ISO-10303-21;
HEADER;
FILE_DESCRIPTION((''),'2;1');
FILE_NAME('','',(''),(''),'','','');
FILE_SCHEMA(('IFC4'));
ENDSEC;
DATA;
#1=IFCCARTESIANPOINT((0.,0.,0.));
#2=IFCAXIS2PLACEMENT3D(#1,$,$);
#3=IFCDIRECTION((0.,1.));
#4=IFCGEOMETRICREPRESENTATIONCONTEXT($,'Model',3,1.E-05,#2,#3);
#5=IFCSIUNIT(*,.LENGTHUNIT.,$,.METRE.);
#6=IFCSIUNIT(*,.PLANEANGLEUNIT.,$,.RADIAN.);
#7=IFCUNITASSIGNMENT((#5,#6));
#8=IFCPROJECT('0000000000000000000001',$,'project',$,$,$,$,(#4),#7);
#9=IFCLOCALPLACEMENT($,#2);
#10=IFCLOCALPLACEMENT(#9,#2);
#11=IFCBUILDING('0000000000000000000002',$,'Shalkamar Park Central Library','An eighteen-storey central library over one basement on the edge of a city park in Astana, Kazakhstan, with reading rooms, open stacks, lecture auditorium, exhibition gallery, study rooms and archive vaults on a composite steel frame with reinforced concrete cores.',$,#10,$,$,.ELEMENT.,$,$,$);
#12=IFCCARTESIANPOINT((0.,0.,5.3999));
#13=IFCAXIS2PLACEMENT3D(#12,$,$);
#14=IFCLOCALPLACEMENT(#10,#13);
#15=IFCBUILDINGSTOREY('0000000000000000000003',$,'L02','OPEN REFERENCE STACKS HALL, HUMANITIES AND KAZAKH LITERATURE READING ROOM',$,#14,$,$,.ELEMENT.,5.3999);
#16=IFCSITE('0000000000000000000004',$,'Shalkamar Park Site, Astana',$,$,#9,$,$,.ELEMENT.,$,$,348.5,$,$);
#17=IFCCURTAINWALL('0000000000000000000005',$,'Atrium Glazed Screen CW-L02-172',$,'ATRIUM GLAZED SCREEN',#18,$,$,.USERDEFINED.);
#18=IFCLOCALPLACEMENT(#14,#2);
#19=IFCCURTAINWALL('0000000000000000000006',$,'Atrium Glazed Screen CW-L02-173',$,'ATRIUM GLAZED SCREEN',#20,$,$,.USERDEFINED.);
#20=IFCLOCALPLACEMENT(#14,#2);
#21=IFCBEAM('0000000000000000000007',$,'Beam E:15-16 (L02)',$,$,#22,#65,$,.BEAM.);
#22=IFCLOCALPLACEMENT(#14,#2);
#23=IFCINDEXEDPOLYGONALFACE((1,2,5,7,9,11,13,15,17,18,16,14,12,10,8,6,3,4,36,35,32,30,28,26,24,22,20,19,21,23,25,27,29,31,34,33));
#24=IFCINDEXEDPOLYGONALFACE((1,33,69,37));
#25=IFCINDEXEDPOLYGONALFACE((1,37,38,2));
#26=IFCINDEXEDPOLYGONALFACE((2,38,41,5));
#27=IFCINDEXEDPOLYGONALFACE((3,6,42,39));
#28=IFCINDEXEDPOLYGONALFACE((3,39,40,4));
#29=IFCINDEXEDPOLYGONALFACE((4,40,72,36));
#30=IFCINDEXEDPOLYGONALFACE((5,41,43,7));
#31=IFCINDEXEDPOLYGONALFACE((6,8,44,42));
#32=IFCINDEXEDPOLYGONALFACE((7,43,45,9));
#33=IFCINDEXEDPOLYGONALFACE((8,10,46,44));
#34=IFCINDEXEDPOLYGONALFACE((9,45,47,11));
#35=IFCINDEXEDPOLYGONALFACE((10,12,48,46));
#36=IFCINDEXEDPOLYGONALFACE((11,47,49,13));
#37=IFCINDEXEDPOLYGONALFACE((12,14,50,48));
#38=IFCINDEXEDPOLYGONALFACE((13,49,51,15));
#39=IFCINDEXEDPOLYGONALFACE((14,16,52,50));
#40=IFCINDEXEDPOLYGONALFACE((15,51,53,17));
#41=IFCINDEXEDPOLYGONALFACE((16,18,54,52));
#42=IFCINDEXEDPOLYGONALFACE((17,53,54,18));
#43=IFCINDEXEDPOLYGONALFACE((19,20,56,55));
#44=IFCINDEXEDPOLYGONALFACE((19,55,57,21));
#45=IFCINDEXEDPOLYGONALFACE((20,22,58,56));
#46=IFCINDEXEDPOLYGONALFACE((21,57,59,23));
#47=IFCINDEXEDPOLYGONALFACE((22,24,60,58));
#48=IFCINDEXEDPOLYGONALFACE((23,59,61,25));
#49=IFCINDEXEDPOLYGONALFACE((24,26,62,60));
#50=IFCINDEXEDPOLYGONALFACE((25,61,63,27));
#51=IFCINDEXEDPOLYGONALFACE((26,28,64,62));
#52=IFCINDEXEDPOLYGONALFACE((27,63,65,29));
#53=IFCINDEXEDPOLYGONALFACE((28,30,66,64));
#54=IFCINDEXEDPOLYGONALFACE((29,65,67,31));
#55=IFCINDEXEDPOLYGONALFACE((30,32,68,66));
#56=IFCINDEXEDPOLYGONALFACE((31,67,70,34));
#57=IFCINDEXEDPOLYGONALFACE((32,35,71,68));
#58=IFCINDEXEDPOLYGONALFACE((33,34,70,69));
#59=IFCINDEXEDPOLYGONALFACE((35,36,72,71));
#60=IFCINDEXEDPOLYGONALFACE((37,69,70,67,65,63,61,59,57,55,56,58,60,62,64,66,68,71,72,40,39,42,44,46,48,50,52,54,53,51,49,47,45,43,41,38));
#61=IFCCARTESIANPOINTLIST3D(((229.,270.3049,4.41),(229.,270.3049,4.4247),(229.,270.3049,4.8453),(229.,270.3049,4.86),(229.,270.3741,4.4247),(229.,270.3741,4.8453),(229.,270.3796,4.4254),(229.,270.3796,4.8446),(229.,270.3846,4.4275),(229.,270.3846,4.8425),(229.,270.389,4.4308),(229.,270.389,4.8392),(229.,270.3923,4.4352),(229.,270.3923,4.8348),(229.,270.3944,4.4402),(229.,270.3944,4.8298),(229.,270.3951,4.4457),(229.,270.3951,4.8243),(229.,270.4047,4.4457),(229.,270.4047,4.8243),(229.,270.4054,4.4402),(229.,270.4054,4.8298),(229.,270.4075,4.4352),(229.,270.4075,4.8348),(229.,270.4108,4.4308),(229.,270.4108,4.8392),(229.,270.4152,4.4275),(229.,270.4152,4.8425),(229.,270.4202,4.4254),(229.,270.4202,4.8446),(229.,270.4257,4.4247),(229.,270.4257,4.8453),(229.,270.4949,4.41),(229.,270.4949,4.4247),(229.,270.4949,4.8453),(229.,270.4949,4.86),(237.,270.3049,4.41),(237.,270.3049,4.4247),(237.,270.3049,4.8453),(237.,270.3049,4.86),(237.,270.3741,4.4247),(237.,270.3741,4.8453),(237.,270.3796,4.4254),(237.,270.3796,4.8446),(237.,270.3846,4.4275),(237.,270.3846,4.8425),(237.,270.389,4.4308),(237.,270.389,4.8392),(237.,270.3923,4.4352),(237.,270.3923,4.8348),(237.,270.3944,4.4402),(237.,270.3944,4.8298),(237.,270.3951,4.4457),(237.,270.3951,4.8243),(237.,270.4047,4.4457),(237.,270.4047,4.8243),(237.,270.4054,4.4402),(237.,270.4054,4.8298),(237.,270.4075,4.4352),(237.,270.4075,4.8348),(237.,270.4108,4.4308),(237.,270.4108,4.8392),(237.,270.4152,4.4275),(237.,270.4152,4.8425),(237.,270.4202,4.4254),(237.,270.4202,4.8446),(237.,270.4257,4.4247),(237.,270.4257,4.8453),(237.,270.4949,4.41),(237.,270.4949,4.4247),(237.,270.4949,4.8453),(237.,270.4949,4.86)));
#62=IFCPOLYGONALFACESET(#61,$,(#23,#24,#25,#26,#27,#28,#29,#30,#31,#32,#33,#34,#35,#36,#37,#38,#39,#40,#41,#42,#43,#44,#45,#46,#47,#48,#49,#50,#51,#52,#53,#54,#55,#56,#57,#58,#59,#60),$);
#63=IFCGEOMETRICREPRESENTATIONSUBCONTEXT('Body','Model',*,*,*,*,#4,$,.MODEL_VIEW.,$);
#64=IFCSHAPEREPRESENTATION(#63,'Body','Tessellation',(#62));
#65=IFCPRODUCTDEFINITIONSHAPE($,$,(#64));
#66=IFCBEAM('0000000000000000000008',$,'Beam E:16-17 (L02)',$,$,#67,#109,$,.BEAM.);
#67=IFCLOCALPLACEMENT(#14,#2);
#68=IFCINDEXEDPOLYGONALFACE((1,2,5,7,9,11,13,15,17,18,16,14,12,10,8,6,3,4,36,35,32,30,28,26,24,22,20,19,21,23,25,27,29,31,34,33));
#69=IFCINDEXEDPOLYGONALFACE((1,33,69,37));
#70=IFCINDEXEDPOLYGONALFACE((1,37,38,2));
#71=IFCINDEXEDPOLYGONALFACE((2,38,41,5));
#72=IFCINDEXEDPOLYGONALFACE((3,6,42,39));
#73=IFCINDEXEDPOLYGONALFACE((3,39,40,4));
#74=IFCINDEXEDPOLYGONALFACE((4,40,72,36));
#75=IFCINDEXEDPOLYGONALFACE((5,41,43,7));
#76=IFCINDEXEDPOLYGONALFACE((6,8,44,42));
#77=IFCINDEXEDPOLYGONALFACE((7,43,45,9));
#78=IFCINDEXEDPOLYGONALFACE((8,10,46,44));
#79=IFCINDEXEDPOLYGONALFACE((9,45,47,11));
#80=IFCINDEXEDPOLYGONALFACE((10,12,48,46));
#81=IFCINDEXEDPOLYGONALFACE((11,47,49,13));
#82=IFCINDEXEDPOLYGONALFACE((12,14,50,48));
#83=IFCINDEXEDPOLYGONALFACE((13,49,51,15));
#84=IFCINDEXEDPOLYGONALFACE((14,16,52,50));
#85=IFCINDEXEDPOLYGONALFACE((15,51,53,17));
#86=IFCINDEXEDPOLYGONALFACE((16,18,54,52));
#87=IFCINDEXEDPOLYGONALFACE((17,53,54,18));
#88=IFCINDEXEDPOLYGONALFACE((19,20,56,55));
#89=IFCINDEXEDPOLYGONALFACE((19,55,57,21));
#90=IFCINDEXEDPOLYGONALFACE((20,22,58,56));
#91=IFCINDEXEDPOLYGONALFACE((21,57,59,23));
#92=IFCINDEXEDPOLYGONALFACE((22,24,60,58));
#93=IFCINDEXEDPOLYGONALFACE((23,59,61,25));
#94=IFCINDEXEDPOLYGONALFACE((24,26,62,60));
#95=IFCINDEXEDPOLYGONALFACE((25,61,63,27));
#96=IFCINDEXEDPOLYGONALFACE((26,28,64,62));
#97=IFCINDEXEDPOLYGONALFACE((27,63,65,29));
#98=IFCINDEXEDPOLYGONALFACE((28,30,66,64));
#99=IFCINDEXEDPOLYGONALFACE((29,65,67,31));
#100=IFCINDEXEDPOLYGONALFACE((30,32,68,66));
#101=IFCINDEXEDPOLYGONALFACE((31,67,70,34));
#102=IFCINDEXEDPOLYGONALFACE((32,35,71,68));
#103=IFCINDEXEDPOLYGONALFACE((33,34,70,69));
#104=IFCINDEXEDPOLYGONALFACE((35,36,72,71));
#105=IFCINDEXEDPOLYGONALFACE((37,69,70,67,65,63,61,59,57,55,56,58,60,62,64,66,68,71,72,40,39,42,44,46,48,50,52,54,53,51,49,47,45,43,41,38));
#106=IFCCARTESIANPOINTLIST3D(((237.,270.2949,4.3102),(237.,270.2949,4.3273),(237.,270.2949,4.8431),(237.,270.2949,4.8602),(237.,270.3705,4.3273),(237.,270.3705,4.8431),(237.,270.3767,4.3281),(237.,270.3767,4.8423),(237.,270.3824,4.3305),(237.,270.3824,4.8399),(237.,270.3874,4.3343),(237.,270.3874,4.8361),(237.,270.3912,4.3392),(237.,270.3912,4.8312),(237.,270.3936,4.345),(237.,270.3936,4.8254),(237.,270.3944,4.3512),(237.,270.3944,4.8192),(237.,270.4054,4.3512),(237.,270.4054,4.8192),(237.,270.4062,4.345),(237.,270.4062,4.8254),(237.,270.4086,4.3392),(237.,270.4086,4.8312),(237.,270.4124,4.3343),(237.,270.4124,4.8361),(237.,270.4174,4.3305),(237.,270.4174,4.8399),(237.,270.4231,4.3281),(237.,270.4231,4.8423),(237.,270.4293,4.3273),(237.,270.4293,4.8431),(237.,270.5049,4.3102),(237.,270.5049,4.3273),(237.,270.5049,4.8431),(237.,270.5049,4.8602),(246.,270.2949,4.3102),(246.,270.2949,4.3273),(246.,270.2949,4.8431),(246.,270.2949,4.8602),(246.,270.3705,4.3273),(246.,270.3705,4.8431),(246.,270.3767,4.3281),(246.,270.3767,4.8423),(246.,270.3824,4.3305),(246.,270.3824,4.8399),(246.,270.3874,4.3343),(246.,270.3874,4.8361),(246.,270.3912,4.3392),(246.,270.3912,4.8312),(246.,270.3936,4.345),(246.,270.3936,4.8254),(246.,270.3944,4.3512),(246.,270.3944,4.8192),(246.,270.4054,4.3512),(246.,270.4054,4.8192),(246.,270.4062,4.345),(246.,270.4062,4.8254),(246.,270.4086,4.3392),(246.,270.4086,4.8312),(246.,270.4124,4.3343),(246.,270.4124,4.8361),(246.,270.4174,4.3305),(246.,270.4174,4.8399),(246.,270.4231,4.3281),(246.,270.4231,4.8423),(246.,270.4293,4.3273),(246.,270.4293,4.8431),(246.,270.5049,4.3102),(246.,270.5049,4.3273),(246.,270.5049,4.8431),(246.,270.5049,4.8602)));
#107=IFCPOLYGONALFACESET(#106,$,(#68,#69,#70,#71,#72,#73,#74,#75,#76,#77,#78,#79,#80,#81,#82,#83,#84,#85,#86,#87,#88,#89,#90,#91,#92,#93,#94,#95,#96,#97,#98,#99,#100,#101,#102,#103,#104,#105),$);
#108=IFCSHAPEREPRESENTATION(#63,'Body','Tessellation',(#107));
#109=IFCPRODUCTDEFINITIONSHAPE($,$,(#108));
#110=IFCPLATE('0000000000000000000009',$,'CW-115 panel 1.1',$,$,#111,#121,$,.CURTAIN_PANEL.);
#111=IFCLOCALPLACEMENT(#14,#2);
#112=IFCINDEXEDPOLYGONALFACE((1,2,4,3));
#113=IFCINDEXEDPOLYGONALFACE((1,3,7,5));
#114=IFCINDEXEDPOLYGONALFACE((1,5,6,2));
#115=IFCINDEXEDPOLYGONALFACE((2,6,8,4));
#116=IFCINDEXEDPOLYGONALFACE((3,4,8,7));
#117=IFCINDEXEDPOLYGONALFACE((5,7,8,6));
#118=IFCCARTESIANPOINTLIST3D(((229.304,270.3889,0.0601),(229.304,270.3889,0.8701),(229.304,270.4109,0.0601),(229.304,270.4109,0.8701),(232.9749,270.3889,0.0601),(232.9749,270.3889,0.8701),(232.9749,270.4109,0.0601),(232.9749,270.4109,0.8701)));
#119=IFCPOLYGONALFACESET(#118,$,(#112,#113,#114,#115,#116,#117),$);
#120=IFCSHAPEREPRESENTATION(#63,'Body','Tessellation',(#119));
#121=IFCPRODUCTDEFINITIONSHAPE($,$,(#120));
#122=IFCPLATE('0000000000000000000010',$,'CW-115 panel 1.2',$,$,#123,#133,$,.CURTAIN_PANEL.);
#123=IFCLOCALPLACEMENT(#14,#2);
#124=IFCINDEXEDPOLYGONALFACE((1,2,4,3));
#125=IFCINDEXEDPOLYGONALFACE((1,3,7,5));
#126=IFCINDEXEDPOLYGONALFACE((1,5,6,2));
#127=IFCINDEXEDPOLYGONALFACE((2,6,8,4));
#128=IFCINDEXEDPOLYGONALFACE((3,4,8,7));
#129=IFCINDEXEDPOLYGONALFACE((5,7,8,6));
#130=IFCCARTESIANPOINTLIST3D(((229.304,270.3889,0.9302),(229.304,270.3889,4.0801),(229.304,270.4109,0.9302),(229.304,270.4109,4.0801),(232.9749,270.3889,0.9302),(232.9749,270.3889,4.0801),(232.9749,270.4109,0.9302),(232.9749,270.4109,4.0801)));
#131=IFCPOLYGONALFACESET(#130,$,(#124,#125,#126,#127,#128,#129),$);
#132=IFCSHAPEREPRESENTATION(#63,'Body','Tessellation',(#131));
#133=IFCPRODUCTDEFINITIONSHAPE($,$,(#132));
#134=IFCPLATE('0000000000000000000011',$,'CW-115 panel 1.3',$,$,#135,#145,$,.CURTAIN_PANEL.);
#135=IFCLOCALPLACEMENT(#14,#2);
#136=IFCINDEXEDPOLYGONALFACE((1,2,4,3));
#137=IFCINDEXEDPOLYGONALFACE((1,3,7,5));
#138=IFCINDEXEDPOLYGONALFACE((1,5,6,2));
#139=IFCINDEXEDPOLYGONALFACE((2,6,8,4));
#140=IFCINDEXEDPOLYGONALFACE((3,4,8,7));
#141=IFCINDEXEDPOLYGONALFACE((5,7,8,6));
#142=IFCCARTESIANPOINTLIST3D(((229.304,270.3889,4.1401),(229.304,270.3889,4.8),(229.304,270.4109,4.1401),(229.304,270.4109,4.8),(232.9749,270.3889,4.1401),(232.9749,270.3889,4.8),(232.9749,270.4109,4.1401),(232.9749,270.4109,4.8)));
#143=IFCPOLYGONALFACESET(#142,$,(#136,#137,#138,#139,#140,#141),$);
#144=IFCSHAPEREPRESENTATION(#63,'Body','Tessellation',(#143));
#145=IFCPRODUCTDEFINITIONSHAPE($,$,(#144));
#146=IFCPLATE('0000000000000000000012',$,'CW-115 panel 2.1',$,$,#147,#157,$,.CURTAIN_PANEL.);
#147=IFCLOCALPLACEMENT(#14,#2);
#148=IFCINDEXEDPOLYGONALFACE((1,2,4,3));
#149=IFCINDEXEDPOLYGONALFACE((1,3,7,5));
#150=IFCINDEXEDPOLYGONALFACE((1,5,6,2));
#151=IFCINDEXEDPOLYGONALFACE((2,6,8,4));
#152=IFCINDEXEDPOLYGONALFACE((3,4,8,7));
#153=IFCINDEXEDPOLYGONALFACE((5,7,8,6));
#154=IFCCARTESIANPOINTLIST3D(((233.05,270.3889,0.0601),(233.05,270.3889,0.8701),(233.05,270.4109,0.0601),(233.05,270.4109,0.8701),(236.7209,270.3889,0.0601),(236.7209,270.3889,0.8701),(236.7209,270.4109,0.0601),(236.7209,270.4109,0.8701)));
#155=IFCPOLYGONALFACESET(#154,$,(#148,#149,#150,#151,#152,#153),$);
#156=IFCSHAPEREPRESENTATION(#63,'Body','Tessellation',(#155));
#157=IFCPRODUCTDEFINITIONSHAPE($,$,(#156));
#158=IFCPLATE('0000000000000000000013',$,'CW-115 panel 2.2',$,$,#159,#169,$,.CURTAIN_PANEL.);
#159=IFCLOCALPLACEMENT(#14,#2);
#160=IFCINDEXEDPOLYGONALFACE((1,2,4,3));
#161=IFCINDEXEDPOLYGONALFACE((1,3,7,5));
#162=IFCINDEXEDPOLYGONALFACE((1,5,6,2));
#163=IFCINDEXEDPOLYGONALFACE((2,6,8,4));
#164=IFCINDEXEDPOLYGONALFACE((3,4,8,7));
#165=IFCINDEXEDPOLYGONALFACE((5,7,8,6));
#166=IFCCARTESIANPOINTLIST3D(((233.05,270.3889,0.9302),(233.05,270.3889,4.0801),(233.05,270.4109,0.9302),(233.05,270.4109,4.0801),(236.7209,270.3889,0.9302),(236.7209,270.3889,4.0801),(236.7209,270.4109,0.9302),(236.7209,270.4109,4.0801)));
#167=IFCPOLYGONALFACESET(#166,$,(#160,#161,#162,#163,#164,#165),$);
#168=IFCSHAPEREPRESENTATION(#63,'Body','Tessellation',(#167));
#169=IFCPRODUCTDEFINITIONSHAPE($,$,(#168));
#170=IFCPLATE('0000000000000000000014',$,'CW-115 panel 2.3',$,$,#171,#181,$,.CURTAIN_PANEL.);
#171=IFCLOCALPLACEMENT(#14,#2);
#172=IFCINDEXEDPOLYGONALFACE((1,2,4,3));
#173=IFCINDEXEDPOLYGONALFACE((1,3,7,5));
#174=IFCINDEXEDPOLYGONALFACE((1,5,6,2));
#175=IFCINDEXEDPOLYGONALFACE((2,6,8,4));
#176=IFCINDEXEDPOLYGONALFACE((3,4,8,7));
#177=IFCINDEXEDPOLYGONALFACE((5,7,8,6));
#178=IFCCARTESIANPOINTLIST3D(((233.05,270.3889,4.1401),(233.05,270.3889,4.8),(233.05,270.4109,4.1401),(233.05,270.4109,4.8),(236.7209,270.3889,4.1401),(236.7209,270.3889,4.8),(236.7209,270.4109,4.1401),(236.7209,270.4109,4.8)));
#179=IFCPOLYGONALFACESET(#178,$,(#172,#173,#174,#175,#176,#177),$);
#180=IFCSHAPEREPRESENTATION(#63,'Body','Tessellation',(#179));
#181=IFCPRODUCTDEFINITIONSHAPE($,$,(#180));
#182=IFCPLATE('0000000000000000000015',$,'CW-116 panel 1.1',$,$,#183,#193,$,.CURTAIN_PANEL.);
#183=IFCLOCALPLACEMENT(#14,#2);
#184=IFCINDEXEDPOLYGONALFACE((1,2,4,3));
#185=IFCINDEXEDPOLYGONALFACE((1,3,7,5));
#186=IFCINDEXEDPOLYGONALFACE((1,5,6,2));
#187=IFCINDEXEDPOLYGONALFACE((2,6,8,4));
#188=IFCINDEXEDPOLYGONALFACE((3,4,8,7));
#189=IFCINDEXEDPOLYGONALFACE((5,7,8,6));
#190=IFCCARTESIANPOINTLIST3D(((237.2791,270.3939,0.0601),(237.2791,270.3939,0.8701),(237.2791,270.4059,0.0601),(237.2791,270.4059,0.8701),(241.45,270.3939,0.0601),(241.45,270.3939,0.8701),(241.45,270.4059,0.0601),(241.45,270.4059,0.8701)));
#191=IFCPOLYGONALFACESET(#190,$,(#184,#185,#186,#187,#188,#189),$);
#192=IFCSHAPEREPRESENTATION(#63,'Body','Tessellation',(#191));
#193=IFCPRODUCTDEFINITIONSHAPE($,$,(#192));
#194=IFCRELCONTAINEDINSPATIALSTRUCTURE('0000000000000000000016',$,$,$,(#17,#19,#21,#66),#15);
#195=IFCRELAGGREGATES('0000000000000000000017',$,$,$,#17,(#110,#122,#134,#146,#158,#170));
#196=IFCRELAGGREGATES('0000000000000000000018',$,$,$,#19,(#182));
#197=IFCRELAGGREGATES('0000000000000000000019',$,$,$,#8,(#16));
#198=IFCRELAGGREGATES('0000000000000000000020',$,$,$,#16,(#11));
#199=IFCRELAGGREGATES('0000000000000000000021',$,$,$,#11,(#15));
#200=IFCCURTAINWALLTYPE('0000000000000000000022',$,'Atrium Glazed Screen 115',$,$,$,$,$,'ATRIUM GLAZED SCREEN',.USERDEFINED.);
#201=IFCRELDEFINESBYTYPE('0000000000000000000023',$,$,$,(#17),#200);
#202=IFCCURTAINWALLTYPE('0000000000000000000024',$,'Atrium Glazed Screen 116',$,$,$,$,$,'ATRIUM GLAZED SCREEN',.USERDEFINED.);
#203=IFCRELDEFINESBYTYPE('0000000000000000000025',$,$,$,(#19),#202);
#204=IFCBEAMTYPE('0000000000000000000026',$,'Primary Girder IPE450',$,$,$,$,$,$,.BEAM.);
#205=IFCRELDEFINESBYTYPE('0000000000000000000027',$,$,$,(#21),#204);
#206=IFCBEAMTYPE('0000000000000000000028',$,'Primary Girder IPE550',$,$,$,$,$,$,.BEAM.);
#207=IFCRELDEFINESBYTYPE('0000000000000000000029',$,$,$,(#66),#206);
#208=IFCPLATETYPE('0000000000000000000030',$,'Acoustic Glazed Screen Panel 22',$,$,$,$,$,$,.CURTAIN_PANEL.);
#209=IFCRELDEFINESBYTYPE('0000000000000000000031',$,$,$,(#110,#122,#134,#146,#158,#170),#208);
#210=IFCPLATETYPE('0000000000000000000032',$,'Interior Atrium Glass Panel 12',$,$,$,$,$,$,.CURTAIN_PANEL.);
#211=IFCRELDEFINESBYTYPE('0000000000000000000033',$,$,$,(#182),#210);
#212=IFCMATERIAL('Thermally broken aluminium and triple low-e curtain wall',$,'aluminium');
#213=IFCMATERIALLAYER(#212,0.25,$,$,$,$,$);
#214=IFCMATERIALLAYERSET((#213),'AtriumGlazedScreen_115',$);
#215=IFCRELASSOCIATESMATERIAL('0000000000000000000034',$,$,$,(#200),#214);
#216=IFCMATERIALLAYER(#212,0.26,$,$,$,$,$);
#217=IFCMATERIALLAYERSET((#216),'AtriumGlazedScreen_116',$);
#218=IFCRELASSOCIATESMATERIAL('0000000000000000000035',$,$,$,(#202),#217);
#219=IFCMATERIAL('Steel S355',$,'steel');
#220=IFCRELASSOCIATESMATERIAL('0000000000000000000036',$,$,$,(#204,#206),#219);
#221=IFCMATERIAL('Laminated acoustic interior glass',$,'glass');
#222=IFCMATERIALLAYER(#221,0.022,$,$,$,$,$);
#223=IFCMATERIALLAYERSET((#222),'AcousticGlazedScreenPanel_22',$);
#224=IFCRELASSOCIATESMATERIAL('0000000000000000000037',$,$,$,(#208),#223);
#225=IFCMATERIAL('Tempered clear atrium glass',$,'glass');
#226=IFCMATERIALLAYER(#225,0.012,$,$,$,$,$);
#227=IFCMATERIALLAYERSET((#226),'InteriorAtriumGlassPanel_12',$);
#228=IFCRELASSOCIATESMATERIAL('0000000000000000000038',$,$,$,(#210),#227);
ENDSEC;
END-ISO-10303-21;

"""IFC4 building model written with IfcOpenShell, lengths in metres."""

from ifc_helpers import new_model, si_unit, direction, frame, origin, origin_2d, place, context, subcontext, project, spatial, rectangle, i_section, extrude, material, layer, layer_set, material_profile, profile_set, type_object, element, aggregate, save


model = new_model("IFC4")

# Units and contexts
model_context = context("Model", 3, precision=1e-05, world=origin(), true_north=direction((0.0, 1.0)))
body_context = subcontext(model_context, "Body", "Model", "MODEL_VIEW")
ifc_project = project(units=[si_unit("LENGTHUNIT", "METRE"), si_unit("PLANEANGLEUNIT", "RADIAN")], contexts=[model_context])

# Site, building, storey
site_placement = place(None, origin())
site = spatial("IfcSite", under=ifc_project, at=site_placement, Name="Shalkamar Park Site, Astana", CompositionType="ELEMENT", RefElevation=348.5)
building_placement = place(site_placement, origin())
building = spatial("IfcBuilding", under=site, at=building_placement, Name="Shalkamar Park Central Library", Description="An eighteen-storey central library over one basement on the edge of a city park in Astana, Kazakhstan, with reading rooms, open stacks, lecture auditorium, exhibition gallery, study rooms and archive vaults on a composite steel frame with reinforced concrete cores.", CompositionType="ELEMENT")
storey_placement = place(building_placement, frame((0.0, 0.0, 5.3999)))
storey = spatial("IfcBuildingStorey", under=building, at=storey_placement, Name="L02", Description="OPEN REFERENCE STACKS HALL, HUMANITIES AND KAZAKH LITERATURE READING ROOM", CompositionType="ELEMENT", Elevation=5.3999)

# Shared definitions
ifc_material_1 = material(Name="Steel S355", Category="steel")

# Curtain wall
ifc_material_2 = material(Name="Thermally broken aluminium and triple low-e curtain wall", Category="aluminium")
ifc_layer_1 = layer(ifc_material_2, 0.25)
ifc_layer_set_1 = layer_set([ifc_layer_1], Name="AtriumGlazedScreen_115")
curtain_wall_type_1 = type_object("IfcCurtainWallType", Name="Atrium Glazed Screen 115", ElementType="ATRIUM GLAZED SCREEN", PredefinedType="USERDEFINED", material=ifc_layer_set_1)
curtain_wall_1_placement = place(storey_placement, origin())
curtain_wall_1 = element("IfcCurtainWall", 1, at=curtain_wall_1_placement, inside=storey, type_object=curtain_wall_type_1, Name="Atrium Glazed Screen CW-L02-172", ObjectType="ATRIUM GLAZED SCREEN", PredefinedType="USERDEFINED")

# Curtain wall
ifc_layer_2 = layer(ifc_material_2, 0.26)
ifc_layer_set_2 = layer_set([ifc_layer_2], Name="AtriumGlazedScreen_116")
curtain_wall_type_2 = type_object("IfcCurtainWallType", Name="Atrium Glazed Screen 116", ElementType="ATRIUM GLAZED SCREEN", PredefinedType="USERDEFINED", material=ifc_layer_set_2)
curtain_wall_2_placement = place(storey_placement, origin())
curtain_wall_2 = element("IfcCurtainWall", 2, at=curtain_wall_2_placement, inside=storey, type_object=curtain_wall_type_2, Name="Atrium Glazed Screen CW-L02-173", ObjectType="ATRIUM GLAZED SCREEN", PredefinedType="USERDEFINED")

# Beams
ifc_material_profile_1 = material_profile(ifc_material_1, i_section(OverallWidth=0.1899, OverallDepth=0.45, WebThickness=0.0095, FlangeThickness=0.0146, FilletRadius=0.021, at=origin_2d()), Name="IPE 450")
ifc_profile_set_1 = profile_set([ifc_material_profile_1], Name="Steel S355")
beam_type_1 = type_object("IfcBeamType", Name="Primary Girder IPE450", PredefinedType="BEAM", material=ifc_profile_set_1)
beam_1_placement = place(storey_placement, frame((229.0, 270.3999, 4.635), z_axis=(1.0, 0.0, 0.0), x_axis=(0.0, 1.0, 0.0)))
element("IfcBeam", 3, at=beam_1_placement, inside=storey, type_object=beam_type_1, Name="Beam E:15-16 (L02)", PredefinedType="BEAM", context=body_context, shape_type="SweptSolid", body=[
    extrude(i_section(OverallWidth=0.1899, OverallDepth=0.45, WebThickness=0.0095, FlangeThickness=0.0146, FilletRadius=0.021, at=origin_2d()), origin(), (0.0, 0.0, 1.0), 8.0),
])
ifc_material_profile_2 = material_profile(ifc_material_1, i_section(OverallWidth=0.21, OverallDepth=0.55, WebThickness=0.011, FlangeThickness=0.0171, FilletRadius=0.0239, at=origin_2d()), Name="IPE 550")
ifc_profile_set_2 = profile_set([ifc_material_profile_2], Name="Steel S355")
beam_type_2 = type_object("IfcBeamType", Name="Primary Girder IPE550", PredefinedType="BEAM", material=ifc_profile_set_2)
beam_2_placement = place(storey_placement, frame((237.0, 270.3999, 4.5852), z_axis=(1.0, 0.0, 0.0), x_axis=(0.0, 1.0, 0.0)))
element("IfcBeam", 4, at=beam_2_placement, inside=storey, type_object=beam_type_2, Name="Beam E:16-17 (L02)", PredefinedType="BEAM", context=body_context, shape_type="SweptSolid", body=[
    extrude(i_section(OverallWidth=0.21, OverallDepth=0.55, WebThickness=0.011, FlangeThickness=0.0171, FilletRadius=0.0239, at=origin_2d()), origin(), (0.0, 0.0, 1.0), 9.0),
])

# Plates
ifc_material_3 = material(Name="Laminated acoustic interior glass", Category="glass")
ifc_layer_3 = layer(ifc_material_3, 0.022)
ifc_layer_set_3 = layer_set([ifc_layer_3], Name="AcousticGlazedScreenPanel_22")
plate_type_1 = type_object("IfcPlateType", Name="Acoustic Glazed Screen Panel 22", PredefinedType="CURTAIN_PANEL", material=ifc_layer_set_3)
plate_1_placement = place(storey_placement, frame((231.1394, 270.3999, 0.0601), z_axis=(0.0, 0.0, 1.0), x_axis=(1.0, 0.0, 0.0)))
plate_1 = element("IfcPlate", 5, at=plate_1_placement, type_object=plate_type_1, Name="CW-115 panel 1.1", PredefinedType="CURTAIN_PANEL", context=body_context, shape_type="SweptSolid", body=[
    extrude(rectangle(XDim=3.6709, YDim=0.022, at=origin_2d()), origin(), (0.0, 0.0, 1.0), 0.8101),
])
plate_2_placement = place(storey_placement, frame((231.1394, 270.3999, 0.9302), z_axis=(0.0, 0.0, 1.0), x_axis=(1.0, 0.0, 0.0)))
plate_2 = element("IfcPlate", 6, at=plate_2_placement, type_object=plate_type_1, Name="CW-115 panel 1.2", PredefinedType="CURTAIN_PANEL", context=body_context, shape_type="SweptSolid", body=[
    extrude(rectangle(XDim=3.6709, YDim=0.022, at=origin_2d()), origin(), (0.0, 0.0, 1.0), 3.1499),
])
plate_3_placement = place(storey_placement, frame((231.1394, 270.3999, 4.1401), z_axis=(0.0, 0.0, 1.0), x_axis=(1.0, 0.0, 0.0)))
plate_3 = element("IfcPlate", 7, at=plate_3_placement, type_object=plate_type_1, Name="CW-115 panel 1.3", PredefinedType="CURTAIN_PANEL", context=body_context, shape_type="SweptSolid", body=[
    extrude(rectangle(XDim=3.6709, YDim=0.022, at=origin_2d()), origin(), (0.0, 0.0, 1.0), 0.6599),
])
plate_4_placement = place(storey_placement, frame((234.8855, 270.3999, 0.0601), z_axis=(0.0, 0.0, 1.0), x_axis=(1.0, 0.0, 0.0)))
plate_4 = element("IfcPlate", 8, at=plate_4_placement, type_object=plate_type_1, Name="CW-115 panel 2.1", PredefinedType="CURTAIN_PANEL", context=body_context, shape_type="SweptSolid", body=[
    extrude(rectangle(XDim=3.6709, YDim=0.022, at=origin_2d()), origin(), (0.0, 0.0, 1.0), 0.8101),
])
plate_5_placement = place(storey_placement, frame((234.8855, 270.3999, 0.9302), z_axis=(0.0, 0.0, 1.0), x_axis=(1.0, 0.0, 0.0)))
plate_5 = element("IfcPlate", 9, at=plate_5_placement, type_object=plate_type_1, Name="CW-115 panel 2.2", PredefinedType="CURTAIN_PANEL", context=body_context, shape_type="SweptSolid", body=[
    extrude(rectangle(XDim=3.6709, YDim=0.022, at=origin_2d()), origin(), (0.0, 0.0, 1.0), 3.1499),
])
plate_6_placement = place(storey_placement, frame((234.8855, 270.3999, 4.1401), z_axis=(0.0, 0.0, 1.0), x_axis=(1.0, 0.0, 0.0)))
plate_6 = element("IfcPlate", 10, at=plate_6_placement, type_object=plate_type_1, Name="CW-115 panel 2.3", PredefinedType="CURTAIN_PANEL", context=body_context, shape_type="SweptSolid", body=[
    extrude(rectangle(XDim=3.6709, YDim=0.022, at=origin_2d()), origin(), (0.0, 0.0, 1.0), 0.6599),
])
aggregate(curtain_wall_1, [plate_1, plate_2, plate_3, plate_4, plate_5, plate_6])
ifc_material_4 = material(Name="Tempered clear atrium glass", Category="glass")
ifc_layer_4 = layer(ifc_material_4, 0.012)
ifc_layer_set_4 = layer_set([ifc_layer_4], Name="InteriorAtriumGlassPanel_12")
plate_type_2 = type_object("IfcPlateType", Name="Interior Atrium Glass Panel 12", PredefinedType="CURTAIN_PANEL", material=ifc_layer_set_4)
plate_7_placement = place(storey_placement, frame((239.3645, 270.3999, 0.0601), z_axis=(0.0, 0.0, 1.0), x_axis=(1.0, 0.0, 0.0)))
plate_7 = element("IfcPlate", 11, at=plate_7_placement, type_object=plate_type_2, Name="CW-116 panel 1.1", PredefinedType="CURTAIN_PANEL", context=body_context, shape_type="SweptSolid", body=[
    extrude(rectangle(XDim=4.1709, YDim=0.012, at=origin_2d()), origin(), (0.0, 0.0, 1.0), 0.8101),
])
aggregate(curtain_wall_2, [plate_7])

save(model, "model.ifc")
